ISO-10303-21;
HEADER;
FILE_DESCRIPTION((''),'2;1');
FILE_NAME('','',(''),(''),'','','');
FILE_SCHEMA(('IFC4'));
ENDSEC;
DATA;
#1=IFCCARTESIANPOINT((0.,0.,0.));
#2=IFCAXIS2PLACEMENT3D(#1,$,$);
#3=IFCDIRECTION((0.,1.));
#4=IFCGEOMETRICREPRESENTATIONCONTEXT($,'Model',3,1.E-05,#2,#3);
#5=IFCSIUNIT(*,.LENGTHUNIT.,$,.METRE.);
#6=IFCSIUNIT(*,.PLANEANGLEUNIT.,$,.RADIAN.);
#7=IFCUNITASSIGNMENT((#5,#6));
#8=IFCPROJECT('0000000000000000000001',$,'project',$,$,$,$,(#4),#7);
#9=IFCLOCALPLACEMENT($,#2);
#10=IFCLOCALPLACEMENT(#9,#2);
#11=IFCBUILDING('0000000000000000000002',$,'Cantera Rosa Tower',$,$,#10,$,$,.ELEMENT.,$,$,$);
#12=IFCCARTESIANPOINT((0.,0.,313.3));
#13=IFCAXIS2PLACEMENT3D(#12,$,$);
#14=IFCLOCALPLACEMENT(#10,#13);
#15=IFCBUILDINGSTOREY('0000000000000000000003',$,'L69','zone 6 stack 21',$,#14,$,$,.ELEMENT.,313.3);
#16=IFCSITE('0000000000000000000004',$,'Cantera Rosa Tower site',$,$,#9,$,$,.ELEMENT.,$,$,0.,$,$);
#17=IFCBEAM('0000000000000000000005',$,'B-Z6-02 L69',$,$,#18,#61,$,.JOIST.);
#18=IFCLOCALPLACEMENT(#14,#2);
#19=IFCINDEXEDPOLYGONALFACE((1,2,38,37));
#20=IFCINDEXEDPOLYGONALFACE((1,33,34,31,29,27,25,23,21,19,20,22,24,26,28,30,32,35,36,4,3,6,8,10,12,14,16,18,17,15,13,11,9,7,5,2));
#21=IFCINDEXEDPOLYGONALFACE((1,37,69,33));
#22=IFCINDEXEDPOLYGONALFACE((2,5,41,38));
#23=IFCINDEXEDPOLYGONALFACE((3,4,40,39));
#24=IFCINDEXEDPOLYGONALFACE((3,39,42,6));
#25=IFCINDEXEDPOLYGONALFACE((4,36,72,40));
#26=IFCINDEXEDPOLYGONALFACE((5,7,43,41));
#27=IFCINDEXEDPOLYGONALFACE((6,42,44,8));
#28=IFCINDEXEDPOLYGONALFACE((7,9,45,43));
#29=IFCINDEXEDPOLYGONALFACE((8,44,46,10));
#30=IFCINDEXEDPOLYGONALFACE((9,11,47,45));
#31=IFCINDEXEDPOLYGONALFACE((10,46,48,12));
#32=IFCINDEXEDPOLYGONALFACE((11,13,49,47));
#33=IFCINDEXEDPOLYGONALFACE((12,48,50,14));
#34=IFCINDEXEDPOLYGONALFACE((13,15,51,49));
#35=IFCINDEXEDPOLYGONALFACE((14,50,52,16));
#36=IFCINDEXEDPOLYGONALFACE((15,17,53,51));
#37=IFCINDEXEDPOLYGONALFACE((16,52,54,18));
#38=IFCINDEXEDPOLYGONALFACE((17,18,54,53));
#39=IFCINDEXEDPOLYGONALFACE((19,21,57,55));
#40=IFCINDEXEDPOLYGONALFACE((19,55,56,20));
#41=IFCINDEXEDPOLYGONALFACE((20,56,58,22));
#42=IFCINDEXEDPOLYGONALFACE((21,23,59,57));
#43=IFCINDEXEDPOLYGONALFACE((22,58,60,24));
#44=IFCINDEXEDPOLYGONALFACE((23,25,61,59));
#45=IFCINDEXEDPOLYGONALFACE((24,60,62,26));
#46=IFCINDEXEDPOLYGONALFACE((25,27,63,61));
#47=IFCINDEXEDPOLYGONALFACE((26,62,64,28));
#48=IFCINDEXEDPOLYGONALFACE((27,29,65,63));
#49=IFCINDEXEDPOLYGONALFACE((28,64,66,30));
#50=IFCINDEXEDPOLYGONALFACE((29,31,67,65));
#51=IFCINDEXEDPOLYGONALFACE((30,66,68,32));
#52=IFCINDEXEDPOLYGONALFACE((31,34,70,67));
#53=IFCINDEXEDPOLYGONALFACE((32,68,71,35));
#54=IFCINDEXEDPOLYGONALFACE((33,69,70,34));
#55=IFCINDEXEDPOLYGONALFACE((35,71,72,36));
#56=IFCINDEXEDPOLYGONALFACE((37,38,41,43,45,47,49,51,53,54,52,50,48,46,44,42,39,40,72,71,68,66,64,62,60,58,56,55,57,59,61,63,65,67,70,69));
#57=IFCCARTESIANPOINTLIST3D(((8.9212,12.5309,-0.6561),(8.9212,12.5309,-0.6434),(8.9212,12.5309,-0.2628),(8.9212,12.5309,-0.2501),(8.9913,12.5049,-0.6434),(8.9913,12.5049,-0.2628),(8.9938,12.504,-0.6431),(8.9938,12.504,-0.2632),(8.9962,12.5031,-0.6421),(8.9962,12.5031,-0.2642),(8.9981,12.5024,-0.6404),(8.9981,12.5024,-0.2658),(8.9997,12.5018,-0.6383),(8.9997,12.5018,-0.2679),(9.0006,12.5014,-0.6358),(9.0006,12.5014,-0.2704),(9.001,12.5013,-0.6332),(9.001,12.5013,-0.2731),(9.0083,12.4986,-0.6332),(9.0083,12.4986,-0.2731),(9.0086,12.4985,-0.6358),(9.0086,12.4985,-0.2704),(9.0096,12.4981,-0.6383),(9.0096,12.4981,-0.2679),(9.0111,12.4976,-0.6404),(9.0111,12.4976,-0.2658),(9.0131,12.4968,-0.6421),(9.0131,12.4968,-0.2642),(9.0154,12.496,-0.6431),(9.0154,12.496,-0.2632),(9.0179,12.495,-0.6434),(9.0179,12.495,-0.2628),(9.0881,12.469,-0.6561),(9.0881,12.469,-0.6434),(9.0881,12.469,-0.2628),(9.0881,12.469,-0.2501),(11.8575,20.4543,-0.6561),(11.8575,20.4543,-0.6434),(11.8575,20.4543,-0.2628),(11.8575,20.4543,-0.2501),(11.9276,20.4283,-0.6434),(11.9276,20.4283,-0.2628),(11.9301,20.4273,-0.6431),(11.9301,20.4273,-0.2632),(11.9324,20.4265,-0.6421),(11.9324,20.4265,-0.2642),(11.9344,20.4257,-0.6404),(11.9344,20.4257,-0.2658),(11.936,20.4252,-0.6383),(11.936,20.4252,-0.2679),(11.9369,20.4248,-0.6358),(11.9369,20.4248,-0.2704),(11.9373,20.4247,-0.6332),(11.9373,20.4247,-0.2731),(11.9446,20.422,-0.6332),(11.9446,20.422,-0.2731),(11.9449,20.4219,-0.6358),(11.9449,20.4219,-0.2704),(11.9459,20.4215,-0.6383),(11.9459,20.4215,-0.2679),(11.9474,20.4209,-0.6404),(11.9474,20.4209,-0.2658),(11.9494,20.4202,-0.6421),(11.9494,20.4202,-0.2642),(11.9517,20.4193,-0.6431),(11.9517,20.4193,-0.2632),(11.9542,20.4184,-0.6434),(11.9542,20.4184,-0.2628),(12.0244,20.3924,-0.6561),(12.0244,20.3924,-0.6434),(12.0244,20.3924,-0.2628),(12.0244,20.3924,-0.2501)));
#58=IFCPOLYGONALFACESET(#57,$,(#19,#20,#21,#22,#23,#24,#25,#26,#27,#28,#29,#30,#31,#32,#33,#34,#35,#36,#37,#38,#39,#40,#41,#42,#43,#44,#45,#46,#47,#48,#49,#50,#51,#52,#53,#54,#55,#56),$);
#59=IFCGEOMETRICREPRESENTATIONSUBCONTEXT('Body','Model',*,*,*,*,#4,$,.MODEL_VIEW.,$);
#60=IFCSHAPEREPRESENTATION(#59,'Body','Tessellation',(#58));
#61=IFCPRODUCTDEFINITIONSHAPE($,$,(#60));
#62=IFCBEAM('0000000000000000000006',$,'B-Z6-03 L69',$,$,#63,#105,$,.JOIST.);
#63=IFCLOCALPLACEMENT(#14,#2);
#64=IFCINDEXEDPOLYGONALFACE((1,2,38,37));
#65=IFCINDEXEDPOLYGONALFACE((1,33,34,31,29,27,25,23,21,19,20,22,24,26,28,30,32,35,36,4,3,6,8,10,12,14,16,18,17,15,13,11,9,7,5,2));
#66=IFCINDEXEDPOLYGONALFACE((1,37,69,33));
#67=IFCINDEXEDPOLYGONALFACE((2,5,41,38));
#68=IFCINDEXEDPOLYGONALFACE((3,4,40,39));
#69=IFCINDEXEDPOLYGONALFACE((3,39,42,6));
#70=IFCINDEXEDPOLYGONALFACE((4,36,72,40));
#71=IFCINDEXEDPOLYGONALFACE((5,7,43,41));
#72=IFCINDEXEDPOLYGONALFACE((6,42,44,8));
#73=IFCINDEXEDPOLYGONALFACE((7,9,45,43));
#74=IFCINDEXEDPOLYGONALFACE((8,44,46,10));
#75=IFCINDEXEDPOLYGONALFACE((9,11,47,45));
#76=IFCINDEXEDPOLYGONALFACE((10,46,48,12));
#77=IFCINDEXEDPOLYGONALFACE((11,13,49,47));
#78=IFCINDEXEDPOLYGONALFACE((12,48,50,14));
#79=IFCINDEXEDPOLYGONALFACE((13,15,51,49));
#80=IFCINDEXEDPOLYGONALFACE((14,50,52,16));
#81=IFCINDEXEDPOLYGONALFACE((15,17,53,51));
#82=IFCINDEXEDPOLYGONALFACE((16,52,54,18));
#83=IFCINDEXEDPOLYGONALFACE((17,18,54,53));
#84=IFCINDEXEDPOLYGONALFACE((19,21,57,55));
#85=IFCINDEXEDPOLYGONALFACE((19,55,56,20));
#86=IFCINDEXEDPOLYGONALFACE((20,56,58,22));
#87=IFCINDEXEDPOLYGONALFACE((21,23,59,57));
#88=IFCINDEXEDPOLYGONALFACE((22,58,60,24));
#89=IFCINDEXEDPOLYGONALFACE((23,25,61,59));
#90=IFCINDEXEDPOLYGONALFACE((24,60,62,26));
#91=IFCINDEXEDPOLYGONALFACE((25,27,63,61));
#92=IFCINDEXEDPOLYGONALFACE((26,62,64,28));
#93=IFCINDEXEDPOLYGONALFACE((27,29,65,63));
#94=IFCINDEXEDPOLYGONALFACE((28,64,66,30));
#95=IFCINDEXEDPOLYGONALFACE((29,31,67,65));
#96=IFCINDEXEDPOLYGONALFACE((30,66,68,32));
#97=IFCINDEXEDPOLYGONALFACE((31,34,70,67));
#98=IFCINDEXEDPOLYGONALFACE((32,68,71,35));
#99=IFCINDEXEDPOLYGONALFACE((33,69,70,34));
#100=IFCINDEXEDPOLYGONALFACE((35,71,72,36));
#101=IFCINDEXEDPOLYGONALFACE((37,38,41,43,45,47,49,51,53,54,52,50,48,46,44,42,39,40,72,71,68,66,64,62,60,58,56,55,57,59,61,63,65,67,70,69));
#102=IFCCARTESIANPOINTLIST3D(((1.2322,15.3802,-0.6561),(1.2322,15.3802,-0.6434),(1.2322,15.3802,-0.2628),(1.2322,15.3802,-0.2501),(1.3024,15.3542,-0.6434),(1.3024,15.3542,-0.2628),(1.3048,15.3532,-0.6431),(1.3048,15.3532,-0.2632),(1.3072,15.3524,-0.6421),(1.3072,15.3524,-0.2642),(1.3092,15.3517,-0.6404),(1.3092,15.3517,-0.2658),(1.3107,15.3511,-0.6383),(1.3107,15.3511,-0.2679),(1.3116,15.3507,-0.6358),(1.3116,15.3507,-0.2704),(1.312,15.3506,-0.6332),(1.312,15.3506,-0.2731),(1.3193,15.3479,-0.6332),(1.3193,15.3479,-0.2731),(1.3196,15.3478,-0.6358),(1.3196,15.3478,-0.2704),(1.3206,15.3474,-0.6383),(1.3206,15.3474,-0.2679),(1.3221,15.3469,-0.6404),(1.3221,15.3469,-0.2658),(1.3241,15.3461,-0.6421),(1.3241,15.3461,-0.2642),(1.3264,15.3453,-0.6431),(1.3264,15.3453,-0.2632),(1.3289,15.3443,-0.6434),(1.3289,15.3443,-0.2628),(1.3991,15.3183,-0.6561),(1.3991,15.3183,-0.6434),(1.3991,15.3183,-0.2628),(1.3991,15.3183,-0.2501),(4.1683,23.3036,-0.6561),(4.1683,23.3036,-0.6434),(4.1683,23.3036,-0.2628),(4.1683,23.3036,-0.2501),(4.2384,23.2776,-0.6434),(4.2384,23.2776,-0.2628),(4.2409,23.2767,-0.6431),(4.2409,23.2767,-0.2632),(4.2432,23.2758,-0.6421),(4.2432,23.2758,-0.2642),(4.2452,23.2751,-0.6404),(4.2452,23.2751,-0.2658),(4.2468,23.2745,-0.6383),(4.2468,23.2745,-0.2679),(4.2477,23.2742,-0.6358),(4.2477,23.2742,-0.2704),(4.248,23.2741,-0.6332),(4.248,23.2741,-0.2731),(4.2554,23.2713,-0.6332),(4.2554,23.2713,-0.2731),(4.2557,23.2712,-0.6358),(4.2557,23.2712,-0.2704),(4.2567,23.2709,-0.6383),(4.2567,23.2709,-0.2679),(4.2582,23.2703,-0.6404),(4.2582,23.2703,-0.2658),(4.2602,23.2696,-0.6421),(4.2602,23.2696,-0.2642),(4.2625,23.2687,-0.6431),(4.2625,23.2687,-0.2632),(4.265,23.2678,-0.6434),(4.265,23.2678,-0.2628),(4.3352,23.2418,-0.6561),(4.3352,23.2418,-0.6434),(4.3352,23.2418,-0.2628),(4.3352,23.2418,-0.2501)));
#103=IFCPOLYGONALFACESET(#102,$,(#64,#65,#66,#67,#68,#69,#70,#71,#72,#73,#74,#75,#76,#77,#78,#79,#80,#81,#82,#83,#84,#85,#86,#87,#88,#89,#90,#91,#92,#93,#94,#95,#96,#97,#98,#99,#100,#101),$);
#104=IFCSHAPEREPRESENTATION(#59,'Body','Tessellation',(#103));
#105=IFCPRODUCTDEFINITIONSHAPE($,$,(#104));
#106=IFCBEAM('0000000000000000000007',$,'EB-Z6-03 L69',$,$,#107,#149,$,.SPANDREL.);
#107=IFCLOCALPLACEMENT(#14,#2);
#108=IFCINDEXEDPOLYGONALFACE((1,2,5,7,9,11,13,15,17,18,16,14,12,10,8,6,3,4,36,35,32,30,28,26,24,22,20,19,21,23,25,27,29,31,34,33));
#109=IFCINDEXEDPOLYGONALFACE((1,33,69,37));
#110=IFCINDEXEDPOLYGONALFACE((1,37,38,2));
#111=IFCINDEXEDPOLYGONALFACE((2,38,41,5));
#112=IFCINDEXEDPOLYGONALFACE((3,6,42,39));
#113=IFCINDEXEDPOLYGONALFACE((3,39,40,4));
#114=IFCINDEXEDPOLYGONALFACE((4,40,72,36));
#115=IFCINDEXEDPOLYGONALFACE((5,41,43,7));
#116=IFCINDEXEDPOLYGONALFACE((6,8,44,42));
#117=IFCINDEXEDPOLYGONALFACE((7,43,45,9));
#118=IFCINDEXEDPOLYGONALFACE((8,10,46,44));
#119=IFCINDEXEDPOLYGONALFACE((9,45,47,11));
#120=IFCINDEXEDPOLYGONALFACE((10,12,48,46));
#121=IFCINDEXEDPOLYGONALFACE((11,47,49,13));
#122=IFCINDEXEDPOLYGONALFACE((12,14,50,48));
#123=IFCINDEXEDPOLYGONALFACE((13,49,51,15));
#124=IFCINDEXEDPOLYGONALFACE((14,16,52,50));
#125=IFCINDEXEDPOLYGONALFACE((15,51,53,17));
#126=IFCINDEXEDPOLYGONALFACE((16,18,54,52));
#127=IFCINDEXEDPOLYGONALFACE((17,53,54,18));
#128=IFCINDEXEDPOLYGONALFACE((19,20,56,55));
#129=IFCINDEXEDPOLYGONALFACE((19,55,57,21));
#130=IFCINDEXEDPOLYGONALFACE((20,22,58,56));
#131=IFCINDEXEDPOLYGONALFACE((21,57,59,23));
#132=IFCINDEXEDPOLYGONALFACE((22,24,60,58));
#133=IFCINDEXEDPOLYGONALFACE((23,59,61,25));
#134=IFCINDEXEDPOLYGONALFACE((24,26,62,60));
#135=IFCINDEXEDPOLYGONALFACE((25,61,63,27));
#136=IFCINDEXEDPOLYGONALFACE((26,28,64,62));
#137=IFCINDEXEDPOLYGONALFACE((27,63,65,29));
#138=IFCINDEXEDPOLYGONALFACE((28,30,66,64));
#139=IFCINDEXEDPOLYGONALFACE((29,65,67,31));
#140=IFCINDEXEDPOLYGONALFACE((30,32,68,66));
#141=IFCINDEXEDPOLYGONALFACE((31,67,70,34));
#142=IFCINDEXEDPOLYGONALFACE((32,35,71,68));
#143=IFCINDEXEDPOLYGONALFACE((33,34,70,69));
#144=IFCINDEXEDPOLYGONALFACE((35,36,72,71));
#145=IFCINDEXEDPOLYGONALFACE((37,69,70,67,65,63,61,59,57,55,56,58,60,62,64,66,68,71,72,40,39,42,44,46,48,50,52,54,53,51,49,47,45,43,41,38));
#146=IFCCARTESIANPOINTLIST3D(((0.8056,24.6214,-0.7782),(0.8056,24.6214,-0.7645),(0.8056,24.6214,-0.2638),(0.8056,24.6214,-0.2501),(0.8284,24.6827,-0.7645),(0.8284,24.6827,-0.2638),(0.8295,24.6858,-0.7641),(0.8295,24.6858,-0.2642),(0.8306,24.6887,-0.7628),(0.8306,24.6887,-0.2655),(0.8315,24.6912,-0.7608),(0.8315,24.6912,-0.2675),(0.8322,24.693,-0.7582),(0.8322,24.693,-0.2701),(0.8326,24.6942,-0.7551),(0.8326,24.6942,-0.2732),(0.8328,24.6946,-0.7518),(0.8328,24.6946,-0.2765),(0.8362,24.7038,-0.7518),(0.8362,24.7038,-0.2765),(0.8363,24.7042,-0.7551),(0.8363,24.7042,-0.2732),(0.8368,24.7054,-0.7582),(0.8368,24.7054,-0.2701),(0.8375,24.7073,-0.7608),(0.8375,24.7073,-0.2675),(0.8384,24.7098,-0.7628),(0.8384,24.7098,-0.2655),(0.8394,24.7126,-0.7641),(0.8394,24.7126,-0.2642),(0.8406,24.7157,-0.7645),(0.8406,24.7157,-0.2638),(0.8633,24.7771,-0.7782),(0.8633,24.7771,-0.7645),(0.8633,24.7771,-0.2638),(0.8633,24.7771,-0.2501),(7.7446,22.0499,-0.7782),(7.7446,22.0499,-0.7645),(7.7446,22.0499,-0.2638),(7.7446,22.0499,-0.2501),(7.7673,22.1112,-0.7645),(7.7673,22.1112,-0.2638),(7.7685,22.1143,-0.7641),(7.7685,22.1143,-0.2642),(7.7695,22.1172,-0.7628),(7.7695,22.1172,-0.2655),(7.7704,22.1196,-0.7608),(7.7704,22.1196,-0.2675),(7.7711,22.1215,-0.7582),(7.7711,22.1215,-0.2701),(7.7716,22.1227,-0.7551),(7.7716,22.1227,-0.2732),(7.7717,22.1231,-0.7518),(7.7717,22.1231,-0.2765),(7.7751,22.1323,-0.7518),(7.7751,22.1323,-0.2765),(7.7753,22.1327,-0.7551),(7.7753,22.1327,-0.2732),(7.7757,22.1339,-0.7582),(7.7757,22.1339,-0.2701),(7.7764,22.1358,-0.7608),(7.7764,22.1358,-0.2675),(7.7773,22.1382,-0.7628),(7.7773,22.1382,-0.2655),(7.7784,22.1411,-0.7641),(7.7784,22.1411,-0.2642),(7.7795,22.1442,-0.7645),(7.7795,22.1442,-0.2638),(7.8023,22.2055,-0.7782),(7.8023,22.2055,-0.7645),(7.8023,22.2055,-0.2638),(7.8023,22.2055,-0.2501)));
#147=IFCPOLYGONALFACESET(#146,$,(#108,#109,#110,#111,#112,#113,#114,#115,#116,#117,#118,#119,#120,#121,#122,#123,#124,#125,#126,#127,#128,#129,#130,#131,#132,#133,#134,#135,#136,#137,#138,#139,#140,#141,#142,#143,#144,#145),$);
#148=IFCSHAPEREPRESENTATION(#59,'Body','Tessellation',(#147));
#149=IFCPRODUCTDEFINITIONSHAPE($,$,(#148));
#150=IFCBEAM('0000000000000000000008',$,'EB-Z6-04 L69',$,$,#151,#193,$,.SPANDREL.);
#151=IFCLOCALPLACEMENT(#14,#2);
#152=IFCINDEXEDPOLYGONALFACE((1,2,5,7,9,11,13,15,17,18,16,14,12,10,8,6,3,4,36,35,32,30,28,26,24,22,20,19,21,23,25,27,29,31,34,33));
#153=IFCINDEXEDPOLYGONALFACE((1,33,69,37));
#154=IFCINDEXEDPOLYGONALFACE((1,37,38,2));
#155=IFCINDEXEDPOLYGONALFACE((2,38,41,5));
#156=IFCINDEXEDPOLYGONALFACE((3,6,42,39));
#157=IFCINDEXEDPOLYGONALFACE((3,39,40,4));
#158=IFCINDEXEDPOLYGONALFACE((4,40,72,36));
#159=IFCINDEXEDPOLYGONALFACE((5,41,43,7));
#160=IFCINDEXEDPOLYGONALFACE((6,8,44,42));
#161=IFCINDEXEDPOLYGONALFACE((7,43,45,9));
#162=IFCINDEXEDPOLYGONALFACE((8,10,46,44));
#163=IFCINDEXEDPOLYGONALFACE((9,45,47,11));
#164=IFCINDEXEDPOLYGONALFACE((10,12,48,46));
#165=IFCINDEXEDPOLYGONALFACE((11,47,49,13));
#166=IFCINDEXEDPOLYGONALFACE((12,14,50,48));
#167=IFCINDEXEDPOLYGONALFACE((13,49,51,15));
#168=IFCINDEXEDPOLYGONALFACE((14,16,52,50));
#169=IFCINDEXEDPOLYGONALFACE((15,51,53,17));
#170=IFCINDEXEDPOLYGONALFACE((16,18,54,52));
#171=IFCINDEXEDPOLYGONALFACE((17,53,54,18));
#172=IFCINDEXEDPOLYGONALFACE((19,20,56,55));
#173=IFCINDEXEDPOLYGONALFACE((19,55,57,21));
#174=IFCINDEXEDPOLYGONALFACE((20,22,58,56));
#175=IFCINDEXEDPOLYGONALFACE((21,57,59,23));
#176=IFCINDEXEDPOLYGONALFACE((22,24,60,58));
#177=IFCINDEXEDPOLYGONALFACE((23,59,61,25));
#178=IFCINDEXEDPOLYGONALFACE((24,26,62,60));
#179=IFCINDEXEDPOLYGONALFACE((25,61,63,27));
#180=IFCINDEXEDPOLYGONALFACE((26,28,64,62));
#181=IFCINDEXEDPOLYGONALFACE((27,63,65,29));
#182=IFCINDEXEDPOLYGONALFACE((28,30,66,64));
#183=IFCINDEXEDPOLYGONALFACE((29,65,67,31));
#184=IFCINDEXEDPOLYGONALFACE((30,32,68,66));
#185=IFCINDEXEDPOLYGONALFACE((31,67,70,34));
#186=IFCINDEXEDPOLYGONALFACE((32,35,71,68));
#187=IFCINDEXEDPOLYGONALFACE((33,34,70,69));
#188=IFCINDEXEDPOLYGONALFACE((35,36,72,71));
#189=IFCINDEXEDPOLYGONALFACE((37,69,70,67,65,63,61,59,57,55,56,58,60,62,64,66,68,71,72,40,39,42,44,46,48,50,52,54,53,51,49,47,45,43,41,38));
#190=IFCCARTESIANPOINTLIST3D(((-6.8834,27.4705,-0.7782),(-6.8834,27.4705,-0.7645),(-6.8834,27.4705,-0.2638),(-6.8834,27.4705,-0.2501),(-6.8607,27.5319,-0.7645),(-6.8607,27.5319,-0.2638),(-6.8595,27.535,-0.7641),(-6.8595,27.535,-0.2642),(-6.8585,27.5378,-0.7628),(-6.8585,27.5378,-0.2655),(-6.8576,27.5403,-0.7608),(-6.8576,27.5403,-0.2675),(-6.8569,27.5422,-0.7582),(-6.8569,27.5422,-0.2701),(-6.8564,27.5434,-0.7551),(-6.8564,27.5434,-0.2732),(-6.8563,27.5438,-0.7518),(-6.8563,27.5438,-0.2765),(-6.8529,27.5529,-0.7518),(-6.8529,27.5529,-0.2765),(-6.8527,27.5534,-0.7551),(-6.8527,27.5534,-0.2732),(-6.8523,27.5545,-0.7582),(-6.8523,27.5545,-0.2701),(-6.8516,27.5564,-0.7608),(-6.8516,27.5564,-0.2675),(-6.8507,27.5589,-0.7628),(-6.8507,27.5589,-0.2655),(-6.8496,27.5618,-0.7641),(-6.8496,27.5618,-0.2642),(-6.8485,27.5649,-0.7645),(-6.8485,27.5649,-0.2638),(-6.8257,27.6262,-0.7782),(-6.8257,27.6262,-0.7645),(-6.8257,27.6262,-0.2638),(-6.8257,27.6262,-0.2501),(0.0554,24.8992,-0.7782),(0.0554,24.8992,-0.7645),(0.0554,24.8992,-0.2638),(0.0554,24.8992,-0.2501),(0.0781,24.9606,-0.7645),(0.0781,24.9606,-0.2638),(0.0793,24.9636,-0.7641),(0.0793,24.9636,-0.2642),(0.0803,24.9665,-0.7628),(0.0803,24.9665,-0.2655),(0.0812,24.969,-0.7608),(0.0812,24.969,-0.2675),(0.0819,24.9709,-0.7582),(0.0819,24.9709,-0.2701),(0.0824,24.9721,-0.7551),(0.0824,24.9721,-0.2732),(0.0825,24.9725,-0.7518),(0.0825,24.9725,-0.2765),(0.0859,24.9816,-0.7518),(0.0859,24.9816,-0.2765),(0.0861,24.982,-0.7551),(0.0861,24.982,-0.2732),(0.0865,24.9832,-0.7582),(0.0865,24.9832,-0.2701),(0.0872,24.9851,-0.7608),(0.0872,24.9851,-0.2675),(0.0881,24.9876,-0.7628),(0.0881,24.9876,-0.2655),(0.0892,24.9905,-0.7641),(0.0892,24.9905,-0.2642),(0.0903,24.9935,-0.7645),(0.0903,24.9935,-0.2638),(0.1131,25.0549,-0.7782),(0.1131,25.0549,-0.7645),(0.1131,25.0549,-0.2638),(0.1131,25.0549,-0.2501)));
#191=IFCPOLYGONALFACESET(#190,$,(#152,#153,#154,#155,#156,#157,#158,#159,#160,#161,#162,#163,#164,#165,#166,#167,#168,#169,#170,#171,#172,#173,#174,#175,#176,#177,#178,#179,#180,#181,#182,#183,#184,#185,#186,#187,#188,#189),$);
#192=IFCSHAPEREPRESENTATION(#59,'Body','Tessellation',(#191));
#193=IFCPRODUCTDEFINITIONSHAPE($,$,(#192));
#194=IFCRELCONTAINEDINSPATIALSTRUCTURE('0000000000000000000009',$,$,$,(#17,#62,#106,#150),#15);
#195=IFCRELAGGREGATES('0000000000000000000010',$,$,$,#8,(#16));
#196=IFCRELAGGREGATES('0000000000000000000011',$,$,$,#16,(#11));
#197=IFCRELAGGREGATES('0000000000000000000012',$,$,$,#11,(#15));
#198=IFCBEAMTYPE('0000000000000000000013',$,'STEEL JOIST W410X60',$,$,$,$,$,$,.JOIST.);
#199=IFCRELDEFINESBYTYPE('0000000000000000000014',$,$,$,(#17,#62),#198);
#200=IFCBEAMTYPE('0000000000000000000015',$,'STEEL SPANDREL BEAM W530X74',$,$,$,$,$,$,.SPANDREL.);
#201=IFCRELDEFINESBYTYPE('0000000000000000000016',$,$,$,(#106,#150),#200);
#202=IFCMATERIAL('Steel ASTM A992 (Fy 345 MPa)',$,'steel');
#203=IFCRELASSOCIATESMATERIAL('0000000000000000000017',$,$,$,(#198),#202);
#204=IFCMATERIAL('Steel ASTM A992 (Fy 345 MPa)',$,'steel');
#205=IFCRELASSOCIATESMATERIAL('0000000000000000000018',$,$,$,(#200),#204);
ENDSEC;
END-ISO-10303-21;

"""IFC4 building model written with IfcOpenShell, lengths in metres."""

from ifc_helpers import new_model, si_unit, direction, frame, origin, origin_2d, place, context, subcontext, project, spatial, i_section, extrude, material, material_profile, profile_set, type_object, element, save


model = new_model("IFC4")

# Units and contexts
model_context = context("Model", 3, precision=1e-05, world=origin(), true_north=direction((0.0, 1.0)))
body_context = subcontext(model_context, "Body", "Model", "MODEL_VIEW")
ifc_project = project(units=[si_unit("LENGTHUNIT", "METRE"), si_unit("PLANEANGLEUNIT", "RADIAN")], contexts=[model_context])

# Site, building, storey
site_placement = place(None, origin())
site = spatial("IfcSite", under=ifc_project, at=site_placement, Name="Cantera Rosa Tower site", CompositionType="ELEMENT", RefElevation=0.0)
building_placement = place(site_placement, origin())
building = spatial("IfcBuilding", under=site, at=building_placement, Name="Cantera Rosa Tower", CompositionType="ELEMENT")
storey_placement = place(building_placement, frame((0.0, 0.0, 313.3)))
storey = spatial("IfcBuildingStorey", under=building, at=storey_placement, Name="L69", Description="zone 6 stack 21", CompositionType="ELEMENT", Elevation=313.3)

# Beams
ifc_material_1 = material(Name="Steel ASTM A992 (Fy 345 MPa)", Category="steel")
ifc_material_profile_1 = material_profile(ifc_material_1, i_section(OverallWidth=0.178, OverallDepth=0.406, WebThickness=0.0078, FlangeThickness=0.0127, FilletRadius=0.0103, at=origin_2d()), Name="W410X60")
ifc_profile_set_1 = profile_set([ifc_material_profile_1], Name="Steel ASTM A992 (Fy 345 MPa)")
beam_type_1 = type_object("IfcBeamType", Name="STEEL JOIST W410X60", PredefinedType="JOIST", material=ifc_profile_set_1)
for number, where, z_axis, x_axis, name in (
    (1, (11.9409, 20.4233, -0.4531), (-0.347492, -0.937683, 0.0), (0.937683, -0.347492, 0.0), "B-Z6-02 L69"),
    (2, (4.2517, 23.2727, -0.4531), (-0.347467, -0.937692, 0.0), (0.937692, -0.347467, 0.0), "B-Z6-03 L69"),
):
    element("IfcBeam", number, at=place(storey_placement, frame(where, z_axis=z_axis, x_axis=x_axis)), inside=storey, type_object=beam_type_1, Name=name, PredefinedType="JOIST", context=body_context, shape_type="SweptSolid", body=[
        extrude(i_section(OverallWidth=0.178, OverallDepth=0.406, WebThickness=0.0078, FlangeThickness=0.0127, FilletRadius=0.0103, at=origin_2d()), origin(), (0.0, 0.0, 1.0), 8.45),
    ])
ifc_material_2 = material(Name="Steel ASTM A992 (Fy 345 MPa)", Category="steel")
ifc_material_profile_2 = material_profile(ifc_material_2, i_section(OverallWidth=0.166, OverallDepth=0.5281, WebThickness=0.0098, FlangeThickness=0.0137, FilletRadius=0.0127, at=origin_2d()), Name="W530X74")
ifc_profile_set_2 = profile_set([ifc_material_profile_2], Name="Steel ASTM A992 (Fy 345 MPa)")
beam_type_2 = type_object("IfcBeamType", Name="STEEL SPANDREL BEAM W530X74", PredefinedType="SPANDREL", material=ifc_profile_set_2)
beam_1_placement = place(storey_placement, frame((7.7734, 22.1277, -0.5142), z_axis=(-0.937681, 0.347498, 0.0), x_axis=(-0.347498, -0.937681, 0.0)))
element("IfcBeam", 3, at=beam_1_placement, inside=storey, type_object=beam_type_2, Name="EB-Z6-03 L69", PredefinedType="SPANDREL", context=body_context, shape_type="SweptSolid", body=[
    extrude(i_section(OverallWidth=0.166, OverallDepth=0.5281, WebThickness=0.0098, FlangeThickness=0.0137, FilletRadius=0.0127, at=origin_2d()), origin(), (0.0, 0.0, 1.0), 7.4001),
])
beam_2_placement = place(storey_placement, frame((0.0842, 24.9771, -0.5142), z_axis=(-0.937687, 0.34748, 0.0), x_axis=(-0.34748, -0.937687, 0.0)))
element("IfcBeam", 4, at=beam_2_placement, inside=storey, type_object=beam_type_2, Name="EB-Z6-04 L69", PredefinedType="SPANDREL", context=body_context, shape_type="SweptSolid", body=[
    extrude(i_section(OverallWidth=0.166, OverallDepth=0.5281, WebThickness=0.0098, FlangeThickness=0.0137, FilletRadius=0.0127, at=origin_2d()), origin(), (0.0, 0.0, 1.0), 7.3999),
])

save(model, "model.ifc")
